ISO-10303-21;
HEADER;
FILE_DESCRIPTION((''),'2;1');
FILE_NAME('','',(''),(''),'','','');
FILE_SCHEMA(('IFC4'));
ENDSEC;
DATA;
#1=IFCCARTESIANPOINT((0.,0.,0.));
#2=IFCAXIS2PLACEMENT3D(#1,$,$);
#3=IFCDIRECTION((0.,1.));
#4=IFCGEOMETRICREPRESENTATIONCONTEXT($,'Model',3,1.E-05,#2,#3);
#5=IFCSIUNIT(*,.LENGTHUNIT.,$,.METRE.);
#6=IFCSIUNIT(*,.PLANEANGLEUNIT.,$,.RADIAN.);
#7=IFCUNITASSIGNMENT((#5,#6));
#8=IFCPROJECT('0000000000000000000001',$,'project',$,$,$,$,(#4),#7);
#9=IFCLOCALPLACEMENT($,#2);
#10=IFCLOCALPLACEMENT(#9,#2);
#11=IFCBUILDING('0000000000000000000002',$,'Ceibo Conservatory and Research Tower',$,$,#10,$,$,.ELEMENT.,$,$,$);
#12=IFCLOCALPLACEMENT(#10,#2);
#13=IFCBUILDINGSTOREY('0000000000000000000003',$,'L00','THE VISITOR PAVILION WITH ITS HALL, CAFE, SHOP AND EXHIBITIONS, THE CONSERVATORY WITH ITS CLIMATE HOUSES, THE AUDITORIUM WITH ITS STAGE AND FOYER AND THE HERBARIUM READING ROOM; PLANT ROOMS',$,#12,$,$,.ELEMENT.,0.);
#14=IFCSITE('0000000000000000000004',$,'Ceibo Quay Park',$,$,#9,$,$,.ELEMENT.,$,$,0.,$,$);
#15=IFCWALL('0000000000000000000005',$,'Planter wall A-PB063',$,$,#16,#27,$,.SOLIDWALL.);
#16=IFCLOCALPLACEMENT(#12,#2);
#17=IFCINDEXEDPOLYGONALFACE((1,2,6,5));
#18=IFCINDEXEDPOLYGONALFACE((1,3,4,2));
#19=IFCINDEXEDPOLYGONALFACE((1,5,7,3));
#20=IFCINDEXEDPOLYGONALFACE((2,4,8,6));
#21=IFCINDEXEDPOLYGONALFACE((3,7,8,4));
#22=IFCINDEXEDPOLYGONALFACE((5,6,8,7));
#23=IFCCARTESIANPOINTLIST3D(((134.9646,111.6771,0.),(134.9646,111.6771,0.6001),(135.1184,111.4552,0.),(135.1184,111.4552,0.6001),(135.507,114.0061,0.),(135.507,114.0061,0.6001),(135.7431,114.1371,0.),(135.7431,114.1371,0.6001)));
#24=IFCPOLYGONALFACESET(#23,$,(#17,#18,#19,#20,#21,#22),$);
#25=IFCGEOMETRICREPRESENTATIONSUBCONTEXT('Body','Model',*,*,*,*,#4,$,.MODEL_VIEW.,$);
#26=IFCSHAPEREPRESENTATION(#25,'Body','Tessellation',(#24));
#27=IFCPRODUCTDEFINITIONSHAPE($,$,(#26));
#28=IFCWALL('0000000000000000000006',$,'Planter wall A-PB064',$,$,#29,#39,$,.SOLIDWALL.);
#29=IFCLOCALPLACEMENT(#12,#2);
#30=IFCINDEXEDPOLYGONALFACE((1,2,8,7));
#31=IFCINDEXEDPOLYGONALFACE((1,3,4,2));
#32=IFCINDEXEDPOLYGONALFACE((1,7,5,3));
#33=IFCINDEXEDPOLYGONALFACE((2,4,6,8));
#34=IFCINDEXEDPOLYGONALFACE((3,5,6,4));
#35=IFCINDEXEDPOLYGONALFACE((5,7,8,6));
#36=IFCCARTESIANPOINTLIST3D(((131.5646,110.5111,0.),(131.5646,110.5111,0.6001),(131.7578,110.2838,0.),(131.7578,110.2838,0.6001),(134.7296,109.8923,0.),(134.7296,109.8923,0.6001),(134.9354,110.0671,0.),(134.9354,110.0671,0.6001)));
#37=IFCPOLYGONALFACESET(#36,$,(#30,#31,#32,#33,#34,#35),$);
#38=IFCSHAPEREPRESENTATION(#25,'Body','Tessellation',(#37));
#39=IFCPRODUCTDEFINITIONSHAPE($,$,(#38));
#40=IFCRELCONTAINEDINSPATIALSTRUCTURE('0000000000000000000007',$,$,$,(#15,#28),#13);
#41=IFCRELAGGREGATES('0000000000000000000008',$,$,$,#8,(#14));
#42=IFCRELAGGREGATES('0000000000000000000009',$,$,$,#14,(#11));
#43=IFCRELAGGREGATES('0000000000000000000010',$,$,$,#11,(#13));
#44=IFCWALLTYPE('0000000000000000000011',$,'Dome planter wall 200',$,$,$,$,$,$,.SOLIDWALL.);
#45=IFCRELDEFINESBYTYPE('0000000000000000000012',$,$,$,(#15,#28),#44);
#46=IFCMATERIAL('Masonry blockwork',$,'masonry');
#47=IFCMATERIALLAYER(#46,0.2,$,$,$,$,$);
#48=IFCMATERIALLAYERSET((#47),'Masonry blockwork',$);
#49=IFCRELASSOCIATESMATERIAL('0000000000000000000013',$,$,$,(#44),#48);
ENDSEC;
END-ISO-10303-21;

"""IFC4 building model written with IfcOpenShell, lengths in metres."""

from ifc_helpers import new_model, si_unit, direction, frame, origin, place, context, subcontext, project, spatial, polyline, outline, extrude, material, layer, layer_set, type_object, element, save


model = new_model("IFC4")

# Units and contexts
model_context = context("Model", 3, precision=1e-05, world=origin(), true_north=direction((0.0, 1.0)))
body_context = subcontext(model_context, "Body", "Model", "MODEL_VIEW")
ifc_project = project(units=[si_unit("LENGTHUNIT", "METRE"), si_unit("PLANEANGLEUNIT", "RADIAN")], contexts=[model_context])

# Site, building, storey
site_placement = place(None, origin())
site = spatial("IfcSite", under=ifc_project, at=site_placement, Name="Ceibo Quay Park", CompositionType="ELEMENT", RefElevation=0.0)
building_placement = place(site_placement, origin())
building = spatial("IfcBuilding", under=site, at=building_placement, Name="Ceibo Conservatory and Research Tower", CompositionType="ELEMENT")
storey_placement = place(building_placement, origin())
storey = spatial("IfcBuildingStorey", under=building, at=storey_placement, Name="L00", Description="THE VISITOR PAVILION WITH ITS HALL, CAFE, SHOP AND EXHIBITIONS, THE CONSERVATORY WITH ITS CLIMATE HOUSES, THE AUDITORIUM WITH ITS STAGE AND FOYER AND THE HERBARIUM READING ROOM; PLANT ROOMS", CompositionType="ELEMENT", Elevation=0.0)

# Walls
ifc_material_1 = material(Name="Masonry blockwork", Category="masonry")
ifc_layer_1 = layer(ifc_material_1, 0.2)
ifc_layer_set_1 = layer_set([ifc_layer_1], Name="Masonry blockwork")
wall_type_1 = type_object("IfcWallType", Name="Dome planter wall 200", PredefinedType="SOLIDWALL", material=ifc_layer_set_1)
wall_1_placement = place(storey_placement, frame((135.0415, 111.5662, 0.0), z_axis=(0.0, 0.0, 1.0), x_axis=(0.226828, 0.973935, 0.0)))
element("IfcWall", 1, at=wall_1_placement, inside=storey, type_object=wall_type_1, Name="Planter wall A-PB063", PredefinedType="SOLIDWALL", context=body_context, shape_type="SweptSolid", body=[
    extrude(outline(polyline([(-0.0906, -0.1001), (2.6631, -0.1001), (2.4819, 0.1001), (0.0906, 0.1001), (-0.0906, -0.1001)])), origin(), (0.0, 0.0, 1.0), 0.6001),
])
wall_2_placement = place(storey_placement, frame((134.8325, 109.9797, 0.0), z_axis=(0.0, 0.0, 1.0), x_axis=(-0.991437, 0.130589, 0.0)))
element("IfcWall", 2, at=wall_2_placement, inside=storey, type_object=wall_type_1, Name="Planter wall A-PB064", PredefinedType="SOLIDWALL", context=body_context, shape_type="SweptSolid", body=[
    extrude(outline(polyline([(-0.0906, -0.1001), (3.3093, -0.1001), (3.0881, 0.1001), (0.0906, 0.1001), (-0.0906, -0.1001)])), origin(), (0.0, 0.0, 1.0), 0.6001),
])

save(model, "model.ifc")
